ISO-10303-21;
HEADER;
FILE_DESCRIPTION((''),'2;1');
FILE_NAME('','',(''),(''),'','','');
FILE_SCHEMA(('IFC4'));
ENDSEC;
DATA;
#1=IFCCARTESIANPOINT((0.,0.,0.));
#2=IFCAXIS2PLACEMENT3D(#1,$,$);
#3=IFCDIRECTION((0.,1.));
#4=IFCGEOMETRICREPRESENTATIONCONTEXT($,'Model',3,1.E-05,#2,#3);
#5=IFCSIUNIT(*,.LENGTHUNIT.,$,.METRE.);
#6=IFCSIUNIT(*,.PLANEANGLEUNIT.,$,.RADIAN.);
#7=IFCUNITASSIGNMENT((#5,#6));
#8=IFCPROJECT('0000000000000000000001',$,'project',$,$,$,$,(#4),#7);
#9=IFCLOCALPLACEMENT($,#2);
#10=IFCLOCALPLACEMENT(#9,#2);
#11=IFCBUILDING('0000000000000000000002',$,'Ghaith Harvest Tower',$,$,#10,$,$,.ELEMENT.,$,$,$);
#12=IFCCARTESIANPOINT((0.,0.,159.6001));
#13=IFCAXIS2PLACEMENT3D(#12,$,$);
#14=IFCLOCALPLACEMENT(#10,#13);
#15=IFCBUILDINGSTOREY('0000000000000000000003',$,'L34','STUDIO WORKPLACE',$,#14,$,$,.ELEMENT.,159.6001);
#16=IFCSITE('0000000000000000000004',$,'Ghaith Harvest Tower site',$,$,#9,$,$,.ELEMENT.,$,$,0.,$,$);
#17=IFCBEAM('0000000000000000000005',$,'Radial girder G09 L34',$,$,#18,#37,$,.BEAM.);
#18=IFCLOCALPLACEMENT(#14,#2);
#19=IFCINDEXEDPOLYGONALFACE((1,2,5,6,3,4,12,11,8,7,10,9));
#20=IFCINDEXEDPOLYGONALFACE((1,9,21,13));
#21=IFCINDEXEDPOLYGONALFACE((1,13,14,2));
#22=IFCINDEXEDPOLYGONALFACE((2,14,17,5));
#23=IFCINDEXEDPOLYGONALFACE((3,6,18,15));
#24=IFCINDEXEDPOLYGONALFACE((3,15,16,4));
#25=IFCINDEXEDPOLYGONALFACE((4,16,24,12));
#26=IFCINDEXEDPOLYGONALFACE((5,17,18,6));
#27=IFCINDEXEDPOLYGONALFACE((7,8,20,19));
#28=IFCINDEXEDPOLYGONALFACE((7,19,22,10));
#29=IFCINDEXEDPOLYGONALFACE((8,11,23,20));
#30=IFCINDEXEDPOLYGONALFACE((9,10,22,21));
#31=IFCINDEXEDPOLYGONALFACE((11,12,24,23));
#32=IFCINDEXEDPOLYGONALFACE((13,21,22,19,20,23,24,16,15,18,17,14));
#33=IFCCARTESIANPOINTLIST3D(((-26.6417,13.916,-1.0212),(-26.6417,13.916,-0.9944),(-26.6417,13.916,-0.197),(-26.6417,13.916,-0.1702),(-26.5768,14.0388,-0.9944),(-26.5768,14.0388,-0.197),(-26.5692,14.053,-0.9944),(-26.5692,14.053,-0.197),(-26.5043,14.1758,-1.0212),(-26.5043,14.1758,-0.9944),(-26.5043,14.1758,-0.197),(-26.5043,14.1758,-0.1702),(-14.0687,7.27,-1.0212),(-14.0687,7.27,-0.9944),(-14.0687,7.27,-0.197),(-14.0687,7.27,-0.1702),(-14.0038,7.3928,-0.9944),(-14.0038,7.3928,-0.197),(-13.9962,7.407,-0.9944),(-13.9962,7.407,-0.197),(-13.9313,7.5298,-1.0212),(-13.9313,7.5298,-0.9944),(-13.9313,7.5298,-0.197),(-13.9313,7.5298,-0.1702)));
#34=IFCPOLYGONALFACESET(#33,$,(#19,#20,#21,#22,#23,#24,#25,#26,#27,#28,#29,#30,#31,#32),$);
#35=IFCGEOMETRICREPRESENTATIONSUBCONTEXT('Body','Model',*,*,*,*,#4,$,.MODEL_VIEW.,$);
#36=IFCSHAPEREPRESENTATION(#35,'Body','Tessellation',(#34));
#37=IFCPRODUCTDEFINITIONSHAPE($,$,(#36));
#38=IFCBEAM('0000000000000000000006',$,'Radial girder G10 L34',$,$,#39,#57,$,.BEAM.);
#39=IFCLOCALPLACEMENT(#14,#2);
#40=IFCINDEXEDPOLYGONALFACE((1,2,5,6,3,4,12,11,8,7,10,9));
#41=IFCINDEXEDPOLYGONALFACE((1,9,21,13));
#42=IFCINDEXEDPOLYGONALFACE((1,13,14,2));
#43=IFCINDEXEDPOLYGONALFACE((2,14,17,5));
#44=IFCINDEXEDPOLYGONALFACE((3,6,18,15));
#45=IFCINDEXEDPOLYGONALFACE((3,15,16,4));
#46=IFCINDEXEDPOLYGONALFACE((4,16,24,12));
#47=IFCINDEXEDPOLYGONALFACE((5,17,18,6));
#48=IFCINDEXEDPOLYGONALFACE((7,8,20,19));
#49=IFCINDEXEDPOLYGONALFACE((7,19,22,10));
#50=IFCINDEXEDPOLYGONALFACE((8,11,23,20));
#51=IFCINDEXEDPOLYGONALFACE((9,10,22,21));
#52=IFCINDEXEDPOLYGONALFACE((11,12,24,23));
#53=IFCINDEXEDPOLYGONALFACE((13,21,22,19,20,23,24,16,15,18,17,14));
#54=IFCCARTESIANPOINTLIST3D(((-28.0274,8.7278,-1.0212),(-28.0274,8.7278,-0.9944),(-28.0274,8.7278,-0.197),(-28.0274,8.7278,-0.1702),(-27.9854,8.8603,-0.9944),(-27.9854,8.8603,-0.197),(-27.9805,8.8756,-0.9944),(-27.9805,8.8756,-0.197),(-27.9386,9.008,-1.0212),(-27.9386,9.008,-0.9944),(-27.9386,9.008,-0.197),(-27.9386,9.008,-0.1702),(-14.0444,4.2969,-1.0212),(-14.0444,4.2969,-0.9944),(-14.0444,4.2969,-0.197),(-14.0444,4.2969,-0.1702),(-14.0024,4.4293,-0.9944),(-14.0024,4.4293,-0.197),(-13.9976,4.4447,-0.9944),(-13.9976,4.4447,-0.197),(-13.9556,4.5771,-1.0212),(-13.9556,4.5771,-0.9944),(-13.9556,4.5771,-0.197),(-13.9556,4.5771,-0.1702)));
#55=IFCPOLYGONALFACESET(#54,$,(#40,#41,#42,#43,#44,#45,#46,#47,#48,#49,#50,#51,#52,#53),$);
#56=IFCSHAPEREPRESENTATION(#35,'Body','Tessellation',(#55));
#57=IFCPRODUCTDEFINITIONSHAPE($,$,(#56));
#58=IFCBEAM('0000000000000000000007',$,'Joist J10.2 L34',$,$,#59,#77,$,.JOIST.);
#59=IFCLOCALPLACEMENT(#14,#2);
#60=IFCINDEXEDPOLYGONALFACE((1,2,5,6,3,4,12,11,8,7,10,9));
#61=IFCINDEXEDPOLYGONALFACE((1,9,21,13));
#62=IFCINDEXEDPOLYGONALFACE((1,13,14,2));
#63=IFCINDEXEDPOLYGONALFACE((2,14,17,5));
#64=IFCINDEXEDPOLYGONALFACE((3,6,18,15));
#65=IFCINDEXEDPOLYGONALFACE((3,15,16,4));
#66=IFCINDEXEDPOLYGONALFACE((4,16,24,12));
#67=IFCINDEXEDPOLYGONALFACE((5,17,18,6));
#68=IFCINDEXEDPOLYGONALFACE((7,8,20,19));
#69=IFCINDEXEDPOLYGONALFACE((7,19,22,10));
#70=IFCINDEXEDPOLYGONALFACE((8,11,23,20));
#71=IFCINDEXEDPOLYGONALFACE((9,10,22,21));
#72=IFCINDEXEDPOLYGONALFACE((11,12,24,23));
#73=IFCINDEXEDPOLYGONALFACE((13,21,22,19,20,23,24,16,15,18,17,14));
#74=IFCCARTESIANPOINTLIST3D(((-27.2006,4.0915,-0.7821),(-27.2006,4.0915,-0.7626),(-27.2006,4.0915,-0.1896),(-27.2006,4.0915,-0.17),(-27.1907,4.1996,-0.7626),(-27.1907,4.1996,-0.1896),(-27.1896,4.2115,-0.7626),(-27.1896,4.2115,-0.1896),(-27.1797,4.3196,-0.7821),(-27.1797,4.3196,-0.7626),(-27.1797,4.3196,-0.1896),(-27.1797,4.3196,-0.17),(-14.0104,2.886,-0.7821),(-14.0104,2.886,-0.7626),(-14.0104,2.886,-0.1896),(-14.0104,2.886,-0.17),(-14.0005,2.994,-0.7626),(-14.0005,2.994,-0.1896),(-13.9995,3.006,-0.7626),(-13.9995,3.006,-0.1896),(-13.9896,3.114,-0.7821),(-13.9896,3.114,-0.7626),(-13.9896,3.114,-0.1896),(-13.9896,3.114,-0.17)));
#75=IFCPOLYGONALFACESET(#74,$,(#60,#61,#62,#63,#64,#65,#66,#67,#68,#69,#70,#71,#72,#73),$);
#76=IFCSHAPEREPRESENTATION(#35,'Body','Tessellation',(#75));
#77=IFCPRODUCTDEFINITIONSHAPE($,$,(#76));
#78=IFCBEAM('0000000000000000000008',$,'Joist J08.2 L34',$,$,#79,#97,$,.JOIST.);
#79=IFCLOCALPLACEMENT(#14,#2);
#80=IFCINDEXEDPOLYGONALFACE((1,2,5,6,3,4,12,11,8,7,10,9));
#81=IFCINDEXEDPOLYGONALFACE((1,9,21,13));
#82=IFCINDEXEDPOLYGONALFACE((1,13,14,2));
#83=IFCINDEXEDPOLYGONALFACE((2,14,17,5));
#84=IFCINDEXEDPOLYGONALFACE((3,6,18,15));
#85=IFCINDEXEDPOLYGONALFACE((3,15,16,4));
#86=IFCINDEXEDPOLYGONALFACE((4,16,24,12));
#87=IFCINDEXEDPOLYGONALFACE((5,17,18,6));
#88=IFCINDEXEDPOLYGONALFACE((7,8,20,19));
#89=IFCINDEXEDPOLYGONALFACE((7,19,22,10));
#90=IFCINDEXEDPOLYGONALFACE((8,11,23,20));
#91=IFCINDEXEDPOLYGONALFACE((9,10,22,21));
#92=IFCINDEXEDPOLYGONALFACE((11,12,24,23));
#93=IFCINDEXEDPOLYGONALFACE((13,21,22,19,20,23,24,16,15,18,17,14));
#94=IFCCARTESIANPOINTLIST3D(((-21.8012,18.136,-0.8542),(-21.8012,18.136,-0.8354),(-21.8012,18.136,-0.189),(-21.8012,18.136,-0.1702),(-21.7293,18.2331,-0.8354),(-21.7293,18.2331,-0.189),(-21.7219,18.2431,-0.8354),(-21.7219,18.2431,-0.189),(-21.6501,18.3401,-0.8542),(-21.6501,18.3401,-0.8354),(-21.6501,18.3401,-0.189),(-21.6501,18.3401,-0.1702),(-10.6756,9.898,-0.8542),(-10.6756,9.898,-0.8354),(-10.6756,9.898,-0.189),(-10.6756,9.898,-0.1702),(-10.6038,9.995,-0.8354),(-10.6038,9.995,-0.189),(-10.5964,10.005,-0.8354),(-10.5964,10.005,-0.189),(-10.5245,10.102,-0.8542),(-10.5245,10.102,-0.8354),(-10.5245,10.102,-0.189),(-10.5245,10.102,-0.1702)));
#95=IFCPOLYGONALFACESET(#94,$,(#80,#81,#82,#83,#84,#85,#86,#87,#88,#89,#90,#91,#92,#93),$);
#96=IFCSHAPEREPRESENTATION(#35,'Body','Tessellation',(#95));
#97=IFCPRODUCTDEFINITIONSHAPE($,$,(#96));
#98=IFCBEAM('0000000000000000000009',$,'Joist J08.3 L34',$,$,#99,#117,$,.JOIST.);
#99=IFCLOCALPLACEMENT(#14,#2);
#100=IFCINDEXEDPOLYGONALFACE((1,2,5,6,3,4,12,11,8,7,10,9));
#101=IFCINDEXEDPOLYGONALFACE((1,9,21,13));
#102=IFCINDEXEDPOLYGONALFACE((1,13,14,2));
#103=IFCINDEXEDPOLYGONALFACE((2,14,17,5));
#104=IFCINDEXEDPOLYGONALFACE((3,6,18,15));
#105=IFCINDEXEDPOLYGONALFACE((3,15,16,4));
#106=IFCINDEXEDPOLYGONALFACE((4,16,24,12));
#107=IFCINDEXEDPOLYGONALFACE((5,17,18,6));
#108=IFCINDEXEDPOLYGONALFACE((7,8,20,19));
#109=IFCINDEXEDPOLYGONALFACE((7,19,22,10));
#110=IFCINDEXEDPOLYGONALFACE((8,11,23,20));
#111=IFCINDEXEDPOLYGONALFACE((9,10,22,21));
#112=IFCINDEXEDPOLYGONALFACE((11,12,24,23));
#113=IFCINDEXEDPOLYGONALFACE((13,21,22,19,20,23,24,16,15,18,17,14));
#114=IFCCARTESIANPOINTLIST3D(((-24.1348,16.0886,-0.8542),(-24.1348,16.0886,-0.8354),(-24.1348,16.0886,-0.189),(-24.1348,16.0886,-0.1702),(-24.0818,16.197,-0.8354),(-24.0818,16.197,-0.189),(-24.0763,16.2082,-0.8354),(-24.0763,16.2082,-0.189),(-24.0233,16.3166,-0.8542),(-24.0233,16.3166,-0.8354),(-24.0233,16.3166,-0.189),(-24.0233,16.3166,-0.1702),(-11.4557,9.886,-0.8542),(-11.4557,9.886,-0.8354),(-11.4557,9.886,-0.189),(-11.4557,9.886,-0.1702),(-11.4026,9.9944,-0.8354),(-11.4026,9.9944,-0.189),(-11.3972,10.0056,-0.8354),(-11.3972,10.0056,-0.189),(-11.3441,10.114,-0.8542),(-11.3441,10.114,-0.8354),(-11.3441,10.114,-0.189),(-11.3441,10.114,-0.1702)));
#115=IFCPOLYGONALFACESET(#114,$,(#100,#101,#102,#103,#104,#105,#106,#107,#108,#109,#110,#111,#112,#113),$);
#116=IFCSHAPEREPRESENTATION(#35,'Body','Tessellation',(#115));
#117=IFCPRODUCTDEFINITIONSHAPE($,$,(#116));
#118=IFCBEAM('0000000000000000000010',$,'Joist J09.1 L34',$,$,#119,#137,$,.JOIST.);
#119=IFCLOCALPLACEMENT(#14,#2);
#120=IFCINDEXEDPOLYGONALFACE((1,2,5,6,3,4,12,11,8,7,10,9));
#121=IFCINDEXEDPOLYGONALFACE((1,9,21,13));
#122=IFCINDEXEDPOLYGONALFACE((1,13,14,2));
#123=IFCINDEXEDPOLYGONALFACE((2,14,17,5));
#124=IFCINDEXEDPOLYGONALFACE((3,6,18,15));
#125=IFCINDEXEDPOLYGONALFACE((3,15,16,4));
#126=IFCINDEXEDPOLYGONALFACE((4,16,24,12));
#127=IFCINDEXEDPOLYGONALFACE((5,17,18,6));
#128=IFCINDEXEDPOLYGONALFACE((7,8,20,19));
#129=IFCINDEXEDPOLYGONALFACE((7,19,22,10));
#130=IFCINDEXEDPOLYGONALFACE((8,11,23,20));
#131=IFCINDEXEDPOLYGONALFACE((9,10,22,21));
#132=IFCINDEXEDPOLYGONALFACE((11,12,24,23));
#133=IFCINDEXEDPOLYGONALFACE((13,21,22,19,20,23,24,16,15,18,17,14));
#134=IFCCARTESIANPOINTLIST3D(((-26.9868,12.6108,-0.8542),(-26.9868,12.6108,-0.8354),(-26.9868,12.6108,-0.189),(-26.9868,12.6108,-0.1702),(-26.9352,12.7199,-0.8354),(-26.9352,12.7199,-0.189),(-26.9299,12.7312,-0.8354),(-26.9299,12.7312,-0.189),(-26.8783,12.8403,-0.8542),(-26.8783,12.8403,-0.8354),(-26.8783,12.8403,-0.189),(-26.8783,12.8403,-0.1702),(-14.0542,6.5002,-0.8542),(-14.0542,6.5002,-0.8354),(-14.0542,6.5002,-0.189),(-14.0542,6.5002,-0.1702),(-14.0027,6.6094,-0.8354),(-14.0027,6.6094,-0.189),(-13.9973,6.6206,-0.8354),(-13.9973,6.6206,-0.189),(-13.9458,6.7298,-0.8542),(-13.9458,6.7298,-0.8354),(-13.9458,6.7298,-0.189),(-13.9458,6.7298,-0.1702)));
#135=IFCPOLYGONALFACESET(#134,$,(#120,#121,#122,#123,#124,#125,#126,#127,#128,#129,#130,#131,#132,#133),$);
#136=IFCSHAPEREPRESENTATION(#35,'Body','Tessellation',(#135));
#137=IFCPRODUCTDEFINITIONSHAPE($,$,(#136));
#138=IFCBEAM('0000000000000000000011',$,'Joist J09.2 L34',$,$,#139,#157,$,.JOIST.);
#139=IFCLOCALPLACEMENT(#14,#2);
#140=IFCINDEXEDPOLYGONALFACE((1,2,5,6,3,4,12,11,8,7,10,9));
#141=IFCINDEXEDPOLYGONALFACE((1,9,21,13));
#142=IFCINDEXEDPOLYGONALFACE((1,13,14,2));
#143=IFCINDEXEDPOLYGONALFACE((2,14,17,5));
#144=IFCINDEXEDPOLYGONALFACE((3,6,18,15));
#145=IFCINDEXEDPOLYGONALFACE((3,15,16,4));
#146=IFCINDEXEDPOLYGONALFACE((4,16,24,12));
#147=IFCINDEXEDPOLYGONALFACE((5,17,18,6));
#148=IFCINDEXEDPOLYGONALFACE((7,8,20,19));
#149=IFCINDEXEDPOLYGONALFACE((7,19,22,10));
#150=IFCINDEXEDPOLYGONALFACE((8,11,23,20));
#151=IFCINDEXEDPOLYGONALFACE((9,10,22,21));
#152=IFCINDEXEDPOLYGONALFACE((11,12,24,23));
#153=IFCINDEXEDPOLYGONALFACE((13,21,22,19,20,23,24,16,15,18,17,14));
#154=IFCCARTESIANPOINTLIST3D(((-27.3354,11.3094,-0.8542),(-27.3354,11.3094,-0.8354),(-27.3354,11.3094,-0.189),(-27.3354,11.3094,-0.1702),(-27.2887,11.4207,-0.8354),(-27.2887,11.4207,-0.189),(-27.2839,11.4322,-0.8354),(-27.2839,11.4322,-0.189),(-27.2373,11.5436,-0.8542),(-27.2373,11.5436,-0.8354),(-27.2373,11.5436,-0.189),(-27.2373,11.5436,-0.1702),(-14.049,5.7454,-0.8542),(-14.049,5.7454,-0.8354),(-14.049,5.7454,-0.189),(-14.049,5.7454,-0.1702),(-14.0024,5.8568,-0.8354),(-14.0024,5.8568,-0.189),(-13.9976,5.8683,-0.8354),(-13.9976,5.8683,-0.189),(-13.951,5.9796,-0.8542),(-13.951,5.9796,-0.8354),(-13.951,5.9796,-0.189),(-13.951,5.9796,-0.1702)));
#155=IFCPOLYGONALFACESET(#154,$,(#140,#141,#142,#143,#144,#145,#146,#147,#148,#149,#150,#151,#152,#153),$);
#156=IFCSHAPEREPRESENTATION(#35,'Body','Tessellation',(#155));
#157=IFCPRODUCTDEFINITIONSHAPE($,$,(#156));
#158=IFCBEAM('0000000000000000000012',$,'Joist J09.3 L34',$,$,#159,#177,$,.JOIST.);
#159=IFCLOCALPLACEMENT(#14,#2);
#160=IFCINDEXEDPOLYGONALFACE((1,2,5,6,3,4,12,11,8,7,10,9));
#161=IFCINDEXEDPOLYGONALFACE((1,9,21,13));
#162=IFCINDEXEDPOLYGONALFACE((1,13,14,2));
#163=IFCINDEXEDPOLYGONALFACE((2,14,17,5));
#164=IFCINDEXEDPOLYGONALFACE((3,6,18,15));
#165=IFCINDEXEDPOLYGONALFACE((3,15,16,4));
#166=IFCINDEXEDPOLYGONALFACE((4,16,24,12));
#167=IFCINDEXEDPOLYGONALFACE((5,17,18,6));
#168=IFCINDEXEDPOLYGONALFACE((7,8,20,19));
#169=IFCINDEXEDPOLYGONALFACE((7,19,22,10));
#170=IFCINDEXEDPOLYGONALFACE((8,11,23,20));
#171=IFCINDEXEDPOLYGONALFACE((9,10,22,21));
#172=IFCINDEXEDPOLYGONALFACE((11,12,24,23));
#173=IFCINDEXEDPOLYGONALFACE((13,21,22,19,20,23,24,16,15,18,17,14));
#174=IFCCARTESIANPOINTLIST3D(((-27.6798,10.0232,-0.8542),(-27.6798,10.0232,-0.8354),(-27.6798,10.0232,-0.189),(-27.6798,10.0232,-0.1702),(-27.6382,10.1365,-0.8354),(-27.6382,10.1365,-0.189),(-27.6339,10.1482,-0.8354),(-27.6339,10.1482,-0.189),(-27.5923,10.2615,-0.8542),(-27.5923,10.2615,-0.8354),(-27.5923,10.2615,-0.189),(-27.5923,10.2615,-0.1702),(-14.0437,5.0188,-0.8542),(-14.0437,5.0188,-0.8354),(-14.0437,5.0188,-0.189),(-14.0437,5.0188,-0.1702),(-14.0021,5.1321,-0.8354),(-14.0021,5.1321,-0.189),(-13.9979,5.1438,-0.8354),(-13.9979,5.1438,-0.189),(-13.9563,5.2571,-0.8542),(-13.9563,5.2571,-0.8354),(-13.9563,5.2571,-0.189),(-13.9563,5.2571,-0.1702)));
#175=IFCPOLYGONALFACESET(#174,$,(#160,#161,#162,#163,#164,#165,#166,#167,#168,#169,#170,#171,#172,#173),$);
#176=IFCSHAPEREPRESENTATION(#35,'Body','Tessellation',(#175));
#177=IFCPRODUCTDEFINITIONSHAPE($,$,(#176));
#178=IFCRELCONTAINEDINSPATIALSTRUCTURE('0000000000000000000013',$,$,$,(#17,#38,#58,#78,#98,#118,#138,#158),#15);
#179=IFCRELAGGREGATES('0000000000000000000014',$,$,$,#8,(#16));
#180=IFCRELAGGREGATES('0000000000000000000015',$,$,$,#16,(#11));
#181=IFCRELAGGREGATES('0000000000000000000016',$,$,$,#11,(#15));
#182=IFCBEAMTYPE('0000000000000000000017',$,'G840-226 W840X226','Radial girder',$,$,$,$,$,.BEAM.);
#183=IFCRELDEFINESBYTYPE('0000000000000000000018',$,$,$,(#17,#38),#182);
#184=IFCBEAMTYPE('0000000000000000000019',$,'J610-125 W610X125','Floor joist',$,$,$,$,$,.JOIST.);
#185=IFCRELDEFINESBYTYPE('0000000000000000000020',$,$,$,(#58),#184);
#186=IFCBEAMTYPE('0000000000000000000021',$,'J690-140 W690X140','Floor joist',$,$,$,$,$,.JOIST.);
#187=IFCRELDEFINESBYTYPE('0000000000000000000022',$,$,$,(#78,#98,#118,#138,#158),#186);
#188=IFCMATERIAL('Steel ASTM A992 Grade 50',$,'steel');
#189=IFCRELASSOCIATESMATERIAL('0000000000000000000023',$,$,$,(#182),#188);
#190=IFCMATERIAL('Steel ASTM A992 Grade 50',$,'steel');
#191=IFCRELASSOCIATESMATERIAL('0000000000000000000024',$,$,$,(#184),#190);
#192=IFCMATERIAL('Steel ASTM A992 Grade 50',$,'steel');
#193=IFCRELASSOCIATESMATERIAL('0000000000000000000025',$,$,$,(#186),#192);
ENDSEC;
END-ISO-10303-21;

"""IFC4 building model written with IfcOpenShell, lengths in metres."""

from ifc_helpers import new_model, si_unit, direction, frame, origin, origin_2d, place, context, subcontext, project, spatial, i_section, extrude, material, material_profile, profile_set, type_object, element, save


model = new_model("IFC4")

# Units and contexts
model_context = context("Model", 3, precision=1e-05, world=origin(), true_north=direction((0.0, 1.0)))
body_context = subcontext(model_context, "Body", "Model", "MODEL_VIEW")
ifc_project = project(units=[si_unit("LENGTHUNIT", "METRE"), si_unit("PLANEANGLEUNIT", "RADIAN")], contexts=[model_context])

# Site, building, storey
site_placement = place(None, origin())
site = spatial("IfcSite", under=ifc_project, at=site_placement, Name="Ghaith Harvest Tower site", CompositionType="ELEMENT", RefElevation=0.0)
building_placement = place(site_placement, origin())
building = spatial("IfcBuilding", under=site, at=building_placement, Name="Ghaith Harvest Tower", CompositionType="ELEMENT")
storey_placement = place(building_placement, frame((0.0, 0.0, 159.6001)))
storey = spatial("IfcBuildingStorey", under=building, at=storey_placement, Name="L34", Description="STUDIO WORKPLACE", CompositionType="ELEMENT", Elevation=159.6001)

# Beams
ifc_material_1 = material(Name="Steel ASTM A992 Grade 50", Category="steel")
ifc_material_profile_1 = material_profile(ifc_material_1, i_section(OverallWidth=0.2939, OverallDepth=0.8511, WebThickness=0.0161, FlangeThickness=0.0269, at=origin_2d()), Name="W840X226")
ifc_profile_set_1 = profile_set([ifc_material_profile_1], Name="Steel ASTM A992 Grade 50")
beam_type_1 = type_object("IfcBeamType", Name="G840-226 W840X226", Description="Radial girder", PredefinedType="BEAM", material=ifc_profile_set_1)
beam_1_placement = place(storey_placement, frame((-14.0, 7.3999, -0.5957), z_axis=(-0.884087, 0.467322, 0.0), x_axis=(-0.467322, -0.884087, 0.0)))
element("IfcBeam", 1, at=beam_1_placement, inside=storey, type_object=beam_type_1, Name="Radial girder G09 L34", PredefinedType="BEAM", context=body_context, shape_type="SweptSolid", body=[
    extrude(i_section(OverallWidth=0.2939, OverallDepth=0.8511, WebThickness=0.0161, FlangeThickness=0.0269, at=origin_2d()), origin(), (0.0, 0.0, 1.0), 14.2214),
])
beam_2_placement = place(storey_placement, frame((-14.0, 4.437, -0.5957), z_axis=(-0.953284, 0.302077, 0.0), x_axis=(-0.302077, -0.953284, 0.0)))
element("IfcBeam", 2, at=beam_2_placement, inside=storey, type_object=beam_type_1, Name="Radial girder G10 L34", PredefinedType="BEAM", context=body_context, shape_type="SweptSolid", body=[
    extrude(i_section(OverallWidth=0.2939, OverallDepth=0.8511, WebThickness=0.0161, FlangeThickness=0.0269, at=origin_2d()), origin(), (0.0, 0.0, 1.0), 14.6682),
])
ifc_material_2 = material(Name="Steel ASTM A992 Grade 50", Category="steel")
ifc_material_profile_2 = material_profile(ifc_material_2, i_section(OverallWidth=0.229, OverallDepth=0.6121, WebThickness=0.012, FlangeThickness=0.0195, at=origin_2d()), Name="W610X125")
ifc_profile_set_2 = profile_set([ifc_material_profile_2], Name="Steel ASTM A992 Grade 50")
beam_type_2 = type_object("IfcBeamType", Name="J610-125 W610X125", Description="Floor joist", PredefinedType="JOIST", material=ifc_profile_set_2)
beam_3_placement = place(storey_placement, frame((-14.0, 3.0, -0.4761), z_axis=(-0.995849, 0.091019, 0.0), x_axis=(-0.091019, -0.995849, 0.0)))
element("IfcBeam", 3, at=beam_3_placement, inside=storey, type_object=beam_type_2, Name="Joist J10.2 L34", PredefinedType="JOIST", context=body_context, shape_type="SweptSolid", body=[
    extrude(i_section(OverallWidth=0.229, OverallDepth=0.6121, WebThickness=0.012, FlangeThickness=0.0195, at=origin_2d()), origin(), (0.0, 0.0, 1.0), 13.2451),
])
ifc_material_3 = material(Name="Steel ASTM A992 Grade 50", Category="steel")
ifc_material_profile_3 = material_profile(ifc_material_3, i_section(OverallWidth=0.2539, OverallDepth=0.6841, WebThickness=0.0125, FlangeThickness=0.0188, at=origin_2d()), Name="W690X140")
ifc_profile_set_3 = profile_set([ifc_material_profile_3], Name="Steel ASTM A992 Grade 50")
beam_type_3 = type_object("IfcBeamType", Name="J690-140 W690X140", Description="Floor joist", PredefinedType="JOIST", material=ifc_profile_set_3)
beam_4_placement = place(storey_placement, frame((-10.6001, 10.0, -0.5122), z_axis=(-0.803663, 0.595085, 0.0), x_axis=(-0.595085, -0.803663, 0.0)))
element("IfcBeam", 4, at=beam_4_placement, inside=storey, type_object=beam_type_3, Name="Joist J08.2 L34", PredefinedType="JOIST", context=body_context, shape_type="SweptSolid", body=[
    extrude(i_section(OverallWidth=0.2539, OverallDepth=0.6841, WebThickness=0.0125, FlangeThickness=0.0188, at=origin_2d()), origin(), (0.0, 0.0, 1.0), 13.8435),
])
beam_5_placement = place(storey_placement, frame((-11.3999, 10.0, -0.5122), z_axis=(-0.898275, 0.439434, 0.0), x_axis=(-0.439434, -0.898275, 0.0)))
element("IfcBeam", 5, at=beam_5_placement, inside=storey, type_object=beam_type_3, Name="Joist J08.3 L34", PredefinedType="JOIST", context=body_context, shape_type="SweptSolid", body=[
    extrude(i_section(OverallWidth=0.2539, OverallDepth=0.6841, WebThickness=0.0125, FlangeThickness=0.0188, at=origin_2d()), origin(), (0.0, 0.0, 1.0), 14.115),
])
beam_6_placement = place(storey_placement, frame((-14.0, 6.615, -0.5122), z_axis=(-0.904153, 0.427208, 0.0), x_axis=(-0.427208, -0.904153, 0.0)))
element("IfcBeam", 6, at=beam_6_placement, inside=storey, type_object=beam_type_3, Name="Joist J09.1 L34", PredefinedType="JOIST", context=body_context, shape_type="SweptSolid", body=[
    extrude(i_section(OverallWidth=0.2539, OverallDepth=0.6841, WebThickness=0.0125, FlangeThickness=0.0188, at=origin_2d()), origin(), (0.0, 0.0, 1.0), 14.3035),
])
beam_7_placement = place(storey_placement, frame((-14.0, 5.8625, -0.5122), z_axis=(-0.922386, 0.38627, 0.0), x_axis=(-0.38627, -0.922386, 0.0)))
element("IfcBeam", 7, at=beam_7_placement, inside=storey, type_object=beam_type_3, Name="Joist J09.2 L34", PredefinedType="JOIST", context=body_context, shape_type="SweptSolid", body=[
    extrude(i_section(OverallWidth=0.2539, OverallDepth=0.6841, WebThickness=0.0125, FlangeThickness=0.0188, at=origin_2d()), origin(), (0.0, 0.0, 1.0), 14.4043),
])
beam_8_placement = place(storey_placement, frame((-14.0, 5.1379, -0.5122), z_axis=(-0.938775, 0.34453, 0.0), x_axis=(-0.34453, -0.938775, 0.0)))
element("IfcBeam", 8, at=beam_8_placement, inside=storey, type_object=beam_type_3, Name="Joist J09.3 L34", PredefinedType="JOIST", context=body_context, shape_type="SweptSolid", body=[
    extrude(i_section(OverallWidth=0.2539, OverallDepth=0.6841, WebThickness=0.0125, FlangeThickness=0.0188, at=origin_2d()), origin(), (0.0, 0.0, 1.0), 14.5254),
])

save(model, "model.ifc")
